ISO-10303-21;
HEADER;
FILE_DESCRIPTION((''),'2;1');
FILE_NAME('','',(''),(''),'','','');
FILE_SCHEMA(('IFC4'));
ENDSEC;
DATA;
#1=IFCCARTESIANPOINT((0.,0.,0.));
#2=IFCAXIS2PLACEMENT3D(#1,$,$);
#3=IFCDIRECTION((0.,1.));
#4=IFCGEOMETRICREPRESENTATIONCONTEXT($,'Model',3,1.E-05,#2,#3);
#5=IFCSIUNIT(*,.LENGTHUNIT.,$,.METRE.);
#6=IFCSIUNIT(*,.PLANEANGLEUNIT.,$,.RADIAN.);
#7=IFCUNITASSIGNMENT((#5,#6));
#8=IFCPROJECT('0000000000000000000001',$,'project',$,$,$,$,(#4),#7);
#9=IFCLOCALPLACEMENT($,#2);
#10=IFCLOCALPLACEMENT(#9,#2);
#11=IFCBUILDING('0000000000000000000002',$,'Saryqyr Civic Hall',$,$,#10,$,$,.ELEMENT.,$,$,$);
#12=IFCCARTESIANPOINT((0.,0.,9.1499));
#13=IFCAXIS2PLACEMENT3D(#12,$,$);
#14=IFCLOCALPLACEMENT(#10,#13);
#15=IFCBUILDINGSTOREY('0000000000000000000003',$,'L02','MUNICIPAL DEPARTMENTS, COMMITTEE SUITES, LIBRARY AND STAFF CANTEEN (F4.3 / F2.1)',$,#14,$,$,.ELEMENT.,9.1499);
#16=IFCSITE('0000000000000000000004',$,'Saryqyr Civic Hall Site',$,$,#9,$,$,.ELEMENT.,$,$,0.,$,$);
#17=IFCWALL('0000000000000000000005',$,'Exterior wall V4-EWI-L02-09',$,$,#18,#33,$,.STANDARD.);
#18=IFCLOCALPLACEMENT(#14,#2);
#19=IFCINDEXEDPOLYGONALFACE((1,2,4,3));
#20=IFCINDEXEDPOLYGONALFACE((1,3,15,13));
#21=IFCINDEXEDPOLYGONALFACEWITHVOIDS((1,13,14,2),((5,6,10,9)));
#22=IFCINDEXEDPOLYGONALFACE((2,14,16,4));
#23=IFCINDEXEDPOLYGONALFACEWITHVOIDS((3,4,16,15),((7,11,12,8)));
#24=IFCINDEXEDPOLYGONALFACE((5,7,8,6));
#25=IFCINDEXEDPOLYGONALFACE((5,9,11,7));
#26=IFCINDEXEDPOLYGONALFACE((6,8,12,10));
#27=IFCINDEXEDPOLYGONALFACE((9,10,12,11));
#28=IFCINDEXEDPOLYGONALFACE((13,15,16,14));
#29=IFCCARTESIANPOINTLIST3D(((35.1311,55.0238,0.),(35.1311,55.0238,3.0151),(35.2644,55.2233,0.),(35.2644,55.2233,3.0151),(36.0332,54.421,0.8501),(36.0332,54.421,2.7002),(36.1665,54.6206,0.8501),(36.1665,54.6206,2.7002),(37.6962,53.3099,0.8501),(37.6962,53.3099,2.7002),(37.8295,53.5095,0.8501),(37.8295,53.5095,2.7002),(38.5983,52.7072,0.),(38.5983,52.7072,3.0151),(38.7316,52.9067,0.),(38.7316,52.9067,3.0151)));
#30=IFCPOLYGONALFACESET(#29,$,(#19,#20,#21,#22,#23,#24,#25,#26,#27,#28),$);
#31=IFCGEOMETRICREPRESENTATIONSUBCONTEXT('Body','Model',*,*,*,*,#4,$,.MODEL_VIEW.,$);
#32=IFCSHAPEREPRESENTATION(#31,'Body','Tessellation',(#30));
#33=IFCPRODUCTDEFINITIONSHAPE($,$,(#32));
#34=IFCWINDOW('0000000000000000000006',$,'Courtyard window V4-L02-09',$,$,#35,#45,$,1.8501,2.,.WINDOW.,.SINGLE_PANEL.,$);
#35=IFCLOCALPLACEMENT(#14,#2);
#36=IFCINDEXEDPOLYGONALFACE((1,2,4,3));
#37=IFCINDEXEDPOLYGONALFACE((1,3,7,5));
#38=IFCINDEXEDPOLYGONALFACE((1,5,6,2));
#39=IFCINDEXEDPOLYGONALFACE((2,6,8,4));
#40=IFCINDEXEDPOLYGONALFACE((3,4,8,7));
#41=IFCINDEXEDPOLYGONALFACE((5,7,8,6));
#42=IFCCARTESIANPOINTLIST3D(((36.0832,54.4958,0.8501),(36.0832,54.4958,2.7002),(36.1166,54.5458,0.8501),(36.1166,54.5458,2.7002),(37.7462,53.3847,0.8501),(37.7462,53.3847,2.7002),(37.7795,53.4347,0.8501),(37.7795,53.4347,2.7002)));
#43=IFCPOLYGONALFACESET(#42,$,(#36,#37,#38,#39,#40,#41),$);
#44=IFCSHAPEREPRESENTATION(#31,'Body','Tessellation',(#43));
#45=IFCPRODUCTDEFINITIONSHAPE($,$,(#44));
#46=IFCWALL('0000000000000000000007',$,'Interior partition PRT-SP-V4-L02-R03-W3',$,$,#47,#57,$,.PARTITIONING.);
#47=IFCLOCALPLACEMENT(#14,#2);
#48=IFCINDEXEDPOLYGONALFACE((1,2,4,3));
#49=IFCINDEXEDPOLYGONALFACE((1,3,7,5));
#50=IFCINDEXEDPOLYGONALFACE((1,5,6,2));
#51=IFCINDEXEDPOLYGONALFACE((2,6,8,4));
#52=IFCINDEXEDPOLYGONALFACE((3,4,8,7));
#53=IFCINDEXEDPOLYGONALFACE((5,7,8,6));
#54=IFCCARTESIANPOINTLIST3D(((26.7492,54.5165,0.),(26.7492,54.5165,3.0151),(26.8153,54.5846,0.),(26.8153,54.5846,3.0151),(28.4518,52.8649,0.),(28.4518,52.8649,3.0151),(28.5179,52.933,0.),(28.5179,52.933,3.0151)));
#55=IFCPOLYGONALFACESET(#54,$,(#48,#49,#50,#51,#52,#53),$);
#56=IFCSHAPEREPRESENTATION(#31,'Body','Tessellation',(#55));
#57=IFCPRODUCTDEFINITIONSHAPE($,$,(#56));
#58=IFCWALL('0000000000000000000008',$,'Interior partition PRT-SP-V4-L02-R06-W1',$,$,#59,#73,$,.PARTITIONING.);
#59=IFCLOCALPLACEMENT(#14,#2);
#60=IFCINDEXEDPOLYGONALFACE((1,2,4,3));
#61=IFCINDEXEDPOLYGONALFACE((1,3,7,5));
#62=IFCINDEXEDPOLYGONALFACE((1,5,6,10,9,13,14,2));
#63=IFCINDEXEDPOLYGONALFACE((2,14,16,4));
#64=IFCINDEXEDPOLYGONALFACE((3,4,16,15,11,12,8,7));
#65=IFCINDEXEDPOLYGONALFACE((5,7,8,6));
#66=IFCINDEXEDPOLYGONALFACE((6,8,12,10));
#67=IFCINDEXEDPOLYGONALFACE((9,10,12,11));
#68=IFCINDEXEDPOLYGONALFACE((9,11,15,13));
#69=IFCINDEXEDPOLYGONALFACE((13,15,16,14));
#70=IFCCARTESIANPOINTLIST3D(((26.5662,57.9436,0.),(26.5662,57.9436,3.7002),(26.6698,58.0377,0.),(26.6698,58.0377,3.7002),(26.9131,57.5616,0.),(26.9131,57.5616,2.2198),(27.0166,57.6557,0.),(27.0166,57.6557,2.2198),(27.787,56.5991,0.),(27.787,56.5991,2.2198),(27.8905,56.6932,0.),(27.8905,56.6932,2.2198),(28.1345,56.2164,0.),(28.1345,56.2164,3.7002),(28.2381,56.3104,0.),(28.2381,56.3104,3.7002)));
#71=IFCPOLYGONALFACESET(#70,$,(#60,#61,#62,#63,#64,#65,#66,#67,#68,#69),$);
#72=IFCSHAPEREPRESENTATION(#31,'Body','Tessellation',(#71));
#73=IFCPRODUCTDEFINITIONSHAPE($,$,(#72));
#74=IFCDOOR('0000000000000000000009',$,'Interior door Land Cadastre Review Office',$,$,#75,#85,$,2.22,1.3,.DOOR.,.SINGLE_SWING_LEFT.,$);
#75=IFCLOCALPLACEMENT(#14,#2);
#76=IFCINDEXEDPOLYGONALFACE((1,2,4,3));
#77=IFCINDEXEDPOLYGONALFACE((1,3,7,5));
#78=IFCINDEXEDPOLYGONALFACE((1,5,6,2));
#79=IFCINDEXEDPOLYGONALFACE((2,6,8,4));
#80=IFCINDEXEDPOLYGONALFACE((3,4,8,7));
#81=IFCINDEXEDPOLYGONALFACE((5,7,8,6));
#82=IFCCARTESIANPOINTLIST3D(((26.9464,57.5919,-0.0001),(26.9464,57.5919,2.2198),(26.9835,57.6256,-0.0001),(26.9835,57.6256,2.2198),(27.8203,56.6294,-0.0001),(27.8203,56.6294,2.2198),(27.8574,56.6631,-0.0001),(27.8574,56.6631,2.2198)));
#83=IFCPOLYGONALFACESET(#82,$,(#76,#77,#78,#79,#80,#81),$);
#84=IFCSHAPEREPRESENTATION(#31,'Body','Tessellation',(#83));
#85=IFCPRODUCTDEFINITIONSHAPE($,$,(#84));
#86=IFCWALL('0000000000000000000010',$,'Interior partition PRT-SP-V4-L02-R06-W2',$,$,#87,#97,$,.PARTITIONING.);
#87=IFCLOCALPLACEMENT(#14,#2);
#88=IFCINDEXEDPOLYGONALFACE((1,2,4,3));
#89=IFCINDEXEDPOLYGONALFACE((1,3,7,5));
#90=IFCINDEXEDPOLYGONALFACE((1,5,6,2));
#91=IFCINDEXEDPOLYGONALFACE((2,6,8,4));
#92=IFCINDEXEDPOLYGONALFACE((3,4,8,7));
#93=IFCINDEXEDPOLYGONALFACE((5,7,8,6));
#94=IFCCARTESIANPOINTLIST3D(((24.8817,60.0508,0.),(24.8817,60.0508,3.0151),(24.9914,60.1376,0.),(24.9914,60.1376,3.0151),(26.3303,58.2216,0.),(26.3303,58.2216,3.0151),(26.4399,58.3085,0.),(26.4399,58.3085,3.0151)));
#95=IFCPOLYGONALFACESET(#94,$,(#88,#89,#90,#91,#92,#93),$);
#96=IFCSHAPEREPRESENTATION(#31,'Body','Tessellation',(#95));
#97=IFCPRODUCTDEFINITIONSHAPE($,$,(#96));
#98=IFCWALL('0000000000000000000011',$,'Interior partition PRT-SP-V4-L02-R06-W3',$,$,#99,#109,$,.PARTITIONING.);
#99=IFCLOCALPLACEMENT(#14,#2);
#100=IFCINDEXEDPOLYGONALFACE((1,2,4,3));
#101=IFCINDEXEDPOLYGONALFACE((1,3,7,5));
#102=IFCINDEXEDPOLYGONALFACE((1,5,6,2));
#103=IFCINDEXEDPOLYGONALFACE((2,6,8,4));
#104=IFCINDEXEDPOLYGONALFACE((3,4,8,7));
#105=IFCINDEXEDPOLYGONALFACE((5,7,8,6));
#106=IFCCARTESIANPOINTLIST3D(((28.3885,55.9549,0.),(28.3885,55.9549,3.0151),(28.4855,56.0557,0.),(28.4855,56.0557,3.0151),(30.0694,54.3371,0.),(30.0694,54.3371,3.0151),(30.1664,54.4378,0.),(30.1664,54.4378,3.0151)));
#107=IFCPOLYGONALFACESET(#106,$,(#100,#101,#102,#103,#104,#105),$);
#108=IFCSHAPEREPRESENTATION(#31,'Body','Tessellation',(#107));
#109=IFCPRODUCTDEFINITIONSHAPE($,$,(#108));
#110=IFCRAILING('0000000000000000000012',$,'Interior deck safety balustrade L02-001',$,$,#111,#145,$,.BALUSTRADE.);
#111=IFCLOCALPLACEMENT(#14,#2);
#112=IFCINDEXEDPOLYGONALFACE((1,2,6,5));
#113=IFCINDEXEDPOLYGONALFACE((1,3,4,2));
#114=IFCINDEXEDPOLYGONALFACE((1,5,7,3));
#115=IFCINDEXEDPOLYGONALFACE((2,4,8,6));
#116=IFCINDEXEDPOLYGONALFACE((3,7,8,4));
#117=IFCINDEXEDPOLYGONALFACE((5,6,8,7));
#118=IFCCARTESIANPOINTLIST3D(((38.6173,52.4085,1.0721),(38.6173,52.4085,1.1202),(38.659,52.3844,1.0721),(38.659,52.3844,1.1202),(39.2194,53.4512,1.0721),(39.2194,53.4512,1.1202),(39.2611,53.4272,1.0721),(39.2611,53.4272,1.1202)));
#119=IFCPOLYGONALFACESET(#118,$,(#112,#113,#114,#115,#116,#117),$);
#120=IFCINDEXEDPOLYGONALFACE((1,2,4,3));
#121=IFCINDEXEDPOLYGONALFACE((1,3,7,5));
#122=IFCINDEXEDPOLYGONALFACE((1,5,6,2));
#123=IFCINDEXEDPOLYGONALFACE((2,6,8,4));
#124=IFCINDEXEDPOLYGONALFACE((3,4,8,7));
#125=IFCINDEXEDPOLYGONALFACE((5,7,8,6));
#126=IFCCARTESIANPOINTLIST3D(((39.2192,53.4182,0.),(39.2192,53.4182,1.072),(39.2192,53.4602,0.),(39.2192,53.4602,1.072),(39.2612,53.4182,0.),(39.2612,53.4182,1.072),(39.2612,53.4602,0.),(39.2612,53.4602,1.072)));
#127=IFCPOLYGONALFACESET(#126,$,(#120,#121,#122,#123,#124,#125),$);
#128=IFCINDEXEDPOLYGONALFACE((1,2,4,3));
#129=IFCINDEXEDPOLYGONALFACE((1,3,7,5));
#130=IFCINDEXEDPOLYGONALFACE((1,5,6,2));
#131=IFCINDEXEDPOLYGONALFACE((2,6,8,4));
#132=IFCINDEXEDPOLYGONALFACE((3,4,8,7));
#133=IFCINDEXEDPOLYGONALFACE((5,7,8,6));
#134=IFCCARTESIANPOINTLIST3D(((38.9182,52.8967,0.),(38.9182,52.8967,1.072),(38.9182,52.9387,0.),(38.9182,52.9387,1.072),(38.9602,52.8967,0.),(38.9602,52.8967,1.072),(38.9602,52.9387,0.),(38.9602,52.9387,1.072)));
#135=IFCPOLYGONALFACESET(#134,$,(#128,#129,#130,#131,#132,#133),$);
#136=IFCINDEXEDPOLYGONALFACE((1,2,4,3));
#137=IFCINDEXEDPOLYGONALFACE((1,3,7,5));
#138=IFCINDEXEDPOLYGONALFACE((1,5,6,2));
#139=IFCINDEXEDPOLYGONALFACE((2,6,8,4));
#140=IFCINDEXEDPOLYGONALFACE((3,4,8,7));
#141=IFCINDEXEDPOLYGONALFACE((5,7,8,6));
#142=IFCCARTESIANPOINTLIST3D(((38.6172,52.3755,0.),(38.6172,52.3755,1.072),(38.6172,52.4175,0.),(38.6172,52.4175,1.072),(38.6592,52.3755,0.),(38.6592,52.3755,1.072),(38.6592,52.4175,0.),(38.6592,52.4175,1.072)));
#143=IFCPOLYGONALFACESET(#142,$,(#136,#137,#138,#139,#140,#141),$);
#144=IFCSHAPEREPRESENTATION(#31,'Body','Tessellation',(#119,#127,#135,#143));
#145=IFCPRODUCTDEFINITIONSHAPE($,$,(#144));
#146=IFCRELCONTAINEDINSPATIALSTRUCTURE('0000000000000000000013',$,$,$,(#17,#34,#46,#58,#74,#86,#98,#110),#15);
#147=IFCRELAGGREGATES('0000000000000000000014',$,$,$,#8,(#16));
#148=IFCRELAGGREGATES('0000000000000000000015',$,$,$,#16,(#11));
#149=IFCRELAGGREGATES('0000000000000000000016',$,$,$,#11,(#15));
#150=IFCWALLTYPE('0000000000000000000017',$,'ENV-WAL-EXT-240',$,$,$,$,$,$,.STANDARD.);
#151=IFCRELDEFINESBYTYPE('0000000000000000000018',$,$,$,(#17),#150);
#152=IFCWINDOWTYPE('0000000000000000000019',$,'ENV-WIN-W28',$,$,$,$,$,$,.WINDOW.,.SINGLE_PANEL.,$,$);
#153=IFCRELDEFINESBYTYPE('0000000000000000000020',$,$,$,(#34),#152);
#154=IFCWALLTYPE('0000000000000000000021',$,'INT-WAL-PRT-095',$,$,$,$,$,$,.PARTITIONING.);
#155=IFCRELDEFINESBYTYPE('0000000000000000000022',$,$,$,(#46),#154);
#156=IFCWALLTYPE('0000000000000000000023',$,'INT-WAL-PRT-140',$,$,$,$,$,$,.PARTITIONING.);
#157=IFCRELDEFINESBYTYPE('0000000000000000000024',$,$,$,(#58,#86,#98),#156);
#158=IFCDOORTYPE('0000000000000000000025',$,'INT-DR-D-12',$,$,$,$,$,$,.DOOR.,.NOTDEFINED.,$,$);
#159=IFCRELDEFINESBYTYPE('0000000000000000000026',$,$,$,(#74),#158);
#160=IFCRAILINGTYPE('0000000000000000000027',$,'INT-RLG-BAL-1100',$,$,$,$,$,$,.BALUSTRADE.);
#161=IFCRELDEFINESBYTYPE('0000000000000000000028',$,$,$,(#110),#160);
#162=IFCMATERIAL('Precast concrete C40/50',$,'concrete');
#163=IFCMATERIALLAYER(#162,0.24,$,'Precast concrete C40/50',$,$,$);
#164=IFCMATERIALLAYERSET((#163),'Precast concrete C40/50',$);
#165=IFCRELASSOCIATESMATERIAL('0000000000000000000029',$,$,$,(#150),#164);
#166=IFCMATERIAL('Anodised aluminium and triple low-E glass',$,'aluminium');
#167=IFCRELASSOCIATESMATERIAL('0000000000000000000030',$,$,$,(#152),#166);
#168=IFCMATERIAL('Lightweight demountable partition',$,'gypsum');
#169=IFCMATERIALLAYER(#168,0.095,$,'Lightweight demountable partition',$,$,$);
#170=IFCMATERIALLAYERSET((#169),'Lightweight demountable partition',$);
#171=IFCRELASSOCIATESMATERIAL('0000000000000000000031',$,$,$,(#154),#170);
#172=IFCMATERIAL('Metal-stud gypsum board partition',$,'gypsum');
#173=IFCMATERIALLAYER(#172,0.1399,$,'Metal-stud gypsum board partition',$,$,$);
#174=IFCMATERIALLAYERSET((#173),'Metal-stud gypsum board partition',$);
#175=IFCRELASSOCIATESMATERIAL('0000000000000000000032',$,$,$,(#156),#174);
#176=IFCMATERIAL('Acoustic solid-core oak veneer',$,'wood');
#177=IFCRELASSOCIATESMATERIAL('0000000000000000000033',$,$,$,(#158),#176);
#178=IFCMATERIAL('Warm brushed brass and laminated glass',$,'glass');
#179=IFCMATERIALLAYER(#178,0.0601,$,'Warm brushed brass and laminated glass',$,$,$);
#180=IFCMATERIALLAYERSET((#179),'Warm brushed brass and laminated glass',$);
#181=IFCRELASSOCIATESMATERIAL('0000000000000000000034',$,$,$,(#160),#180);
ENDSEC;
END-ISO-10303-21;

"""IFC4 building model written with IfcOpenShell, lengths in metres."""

from ifc_helpers import new_model, si_unit, direction, frame, frame_2d, origin, origin_2d, place, context, subcontext, project, spatial, rectangle, extrude, material, layer, layer_set, type_object, element, fill, save


model = new_model("IFC4")

# Units and contexts
model_context = context("Model", 3, precision=1e-05, world=origin(), true_north=direction((0.0, 1.0)))
body_context = subcontext(model_context, "Body", "Model", "MODEL_VIEW")
ifc_project = project(units=[si_unit("LENGTHUNIT", "METRE"), si_unit("PLANEANGLEUNIT", "RADIAN")], contexts=[model_context])

# Site, building, storey
site_placement = place(None, origin())
site = spatial("IfcSite", under=ifc_project, at=site_placement, Name="Saryqyr Civic Hall Site", CompositionType="ELEMENT", RefElevation=0.0)
building_placement = place(site_placement, origin())
building = spatial("IfcBuilding", under=site, at=building_placement, Name="Saryqyr Civic Hall", CompositionType="ELEMENT")
storey_placement = place(building_placement, frame((0.0, 0.0, 9.1499)))
storey = spatial("IfcBuildingStorey", under=building, at=storey_placement, Name="L02", Description="MUNICIPAL DEPARTMENTS, COMMITTEE SUITES, LIBRARY AND STAFF CANTEEN (F4.3 / F2.1)", CompositionType="ELEMENT", Elevation=9.1499)

# Shared definitions
ifc_material_1 = material(Name="Anodised aluminium and triple low-E glass", Category="aluminium")

# Wall, opening, window
ifc_material_2 = material(Name="Precast concrete C40/50", Category="concrete")
ifc_layer_1 = layer(ifc_material_2, 0.24, Name="Precast concrete C40/50")
ifc_layer_set_1 = layer_set([ifc_layer_1], Name="Precast concrete C40/50")
wall_type_1 = type_object("IfcWallType", Name="ENV-WAL-EXT-240", PredefinedType="STANDARD", material=ifc_layer_set_1)
wall_1_placement = place(storey_placement, frame((35.1978, 55.1235, 0.0), z_axis=(0.0, 0.0, 1.0), x_axis=(0.831482, -0.555551, 0.0)))
wall_1 = element("IfcWall", 1, at=wall_1_placement, inside=storey, type_object=wall_type_1, Name="Exterior wall V4-EWI-L02-09", PredefinedType="STANDARD", context=body_context, shape_type="SweptSolid", body=[
    extrude(rectangle(XDim=4.1699, YDim=0.24, at=frame_2d((2.085, 0.0))), origin(), (0.0, 0.0, 1.0), 3.0151),
])
opening_1_placement = place(wall_1_placement, frame((1.085, 0.0, 0.8501)))
opening_1 = element("IfcOpeningElement", 2, at=opening_1_placement, cuts=wall_1, PredefinedType="OPENING", context=body_context, shape_type="SweptSolid", body=[
    extrude(rectangle(XDim=2.0, YDim=1.8501, at=frame_2d((1.0, 0.925))), frame((0.0, 0.1299, 0.0), z_axis=(0.0, -1.0, 0.0), x_axis=(1.0, 0.0, 0.0)), (0.0, 0.0, 1.0), 0.26),
])
window_type_1 = type_object("IfcWindowType", Name="ENV-WIN-W28", PartitioningType="SINGLE_PANEL", PredefinedType="WINDOW", material=ifc_material_1)
window_1_placement = place(opening_1_placement, origin())
window_1 = element("IfcWindow", 3, at=window_1_placement, inside=storey, type_object=window_type_1, Name="Courtyard window V4-L02-09", OverallHeight=1.8501, OverallWidth=2.0, PartitioningType="SINGLE_PANEL", PredefinedType="WINDOW", context=body_context, shape_type="SweptSolid", body=[
    extrude(rectangle(XDim=2.0, YDim=1.8501, at=frame_2d((1.0, 0.925))), frame((0.0, 0.03, 0.0), z_axis=(0.0, -1.0, 0.0), x_axis=(1.0, 0.0, 0.0)), (0.0, 0.0, 1.0), 0.0601),
])
fill(opening_1, window_1)

# Wall
ifc_material_3 = material(Name="Lightweight demountable partition", Category="gypsum")
ifc_layer_2 = layer(ifc_material_3, 0.095, Name="Lightweight demountable partition")
ifc_layer_set_2 = layer_set([ifc_layer_2], Name="Lightweight demountable partition")
wall_type_2 = type_object("IfcWallType", Name="INT-WAL-PRT-095", PredefinedType="PARTITIONING", material=ifc_layer_set_2)
wall_2_placement = place(storey_placement, frame((26.7822, 54.5505, 0.0), z_axis=(0.0, 0.0, 1.0), x_axis=(0.71778, -0.69627, 0.0)))
element("IfcWall", 4, at=wall_2_placement, inside=storey, type_object=wall_type_2, Name="Interior partition PRT-SP-V4-L02-R03-W3", PredefinedType="PARTITIONING", context=body_context, shape_type="SweptSolid", body=[
    extrude(rectangle(XDim=2.3721, YDim=0.095, at=frame_2d((1.186, 0.0))), origin(), (0.0, 0.0, 1.0), 3.0151),
])

# Wall, opening, door
ifc_material_4 = material(Name="Metal-stud gypsum board partition", Category="gypsum")
ifc_layer_3 = layer(ifc_material_4, 0.1399, Name="Metal-stud gypsum board partition")
ifc_layer_set_3 = layer_set([ifc_layer_3], Name="Metal-stud gypsum board partition")
wall_type_3 = type_object("IfcWallType", Name="INT-WAL-PRT-140", PredefinedType="PARTITIONING", material=ifc_layer_set_3)
wall_3_placement = place(storey_placement, frame((28.1863, 56.2634, 0.0), z_axis=(0.0, 0.0, 1.0), x_axis=(-0.672225, 0.740347, 0.0)))
wall_3 = element("IfcWall", 5, at=wall_3_placement, inside=storey, type_object=wall_type_3, Name="Interior partition PRT-SP-V4-L02-R06-W1", PredefinedType="PARTITIONING", context=body_context, shape_type="SweptSolid", body=[
    extrude(rectangle(XDim=2.333, YDim=0.1399, at=frame_2d((1.1665, 0.0))), origin(), (0.0, 0.0, 1.0), 3.7002),
])
opening_2_placement = place(wall_3_placement, frame((0.5171, 0.0, 0.0)))
opening_2 = element("IfcOpeningElement", 6, at=opening_2_placement, cuts=wall_3, PredefinedType="OPENING", context=body_context, shape_type="SweptSolid", body=[
    extrude(rectangle(XDim=1.3, YDim=2.22, at=frame_2d((0.6499, 1.1099))), frame((0.0, 0.0798, 0.0), z_axis=(0.0, -1.0, 0.0), x_axis=(1.0, 0.0, 0.0)), (0.0, 0.0, 1.0), 0.1599),
])
ifc_material_5 = material(Name="Acoustic solid-core oak veneer", Category="wood")
door_type = type_object("IfcDoorType", Name="INT-DR-D-12", OperationType="NOTDEFINED", PredefinedType="DOOR", material=ifc_material_5)
door_placement = place(opening_2_placement, origin())
door = element("IfcDoor", 7, at=door_placement, inside=storey, type_object=door_type, Name="Interior door Land Cadastre Review Office", OperationType="SINGLE_SWING_LEFT", OverallHeight=2.22, OverallWidth=1.3, PredefinedType="DOOR", context=body_context, shape_type="SweptSolid", body=[
    extrude(rectangle(XDim=1.3, YDim=2.22, at=frame_2d((0.6499, 1.1099))), frame((0.0, 0.0249, 0.0), z_axis=(0.0, -1.0, 0.0), x_axis=(1.0, 0.0, 0.0)), (0.0, 0.0, 1.0), 0.05),
])
fill(opening_2, door)

# Walls
wall_4_placement = place(storey_placement, frame((26.385, 58.2651, 0.0), z_axis=(0.0, 0.0, 1.0), x_axis=(-0.620821, 0.783952, 0.0)))
element("IfcWall", 8, at=wall_4_placement, inside=storey, type_object=wall_type_3, Name="Interior partition PRT-SP-V4-L02-R06-W2", PredefinedType="PARTITIONING", context=body_context, shape_type="SweptSolid", body=[
    extrude(rectangle(XDim=2.3333, YDim=0.1399, at=frame_2d((1.1665, 0.0))), origin(), (0.0, 0.0, 1.0), 3.0151),
])
wall_5_placement = place(storey_placement, frame((30.1179, 54.3875, 0.0), z_axis=(0.0, 0.0, 1.0), x_axis=(-0.720477, 0.693479, 0.0)))
element("IfcWall", 9, at=wall_5_placement, inside=storey, type_object=wall_type_3, Name="Interior partition PRT-SP-V4-L02-R06-W3", PredefinedType="PARTITIONING", context=body_context, shape_type="SweptSolid", body=[
    extrude(rectangle(XDim=2.333, YDim=0.1399, at=frame_2d((1.1665, 0.0))), origin(), (0.0, 0.0, 1.0), 3.0151),
])

# Railing
ifc_material_6 = material(Name="Warm brushed brass and laminated glass", Category="glass")
ifc_layer_4 = layer(ifc_material_6, 0.0601, Name="Warm brushed brass and laminated glass")
ifc_layer_set_4 = layer_set([ifc_layer_4], Name="Warm brushed brass and laminated glass")
railing_type = type_object("IfcRailingType", Name="INT-RLG-BAL-1100", PredefinedType="BALUSTRADE", material=ifc_layer_set_4)
railing_placement = place(storey_placement, frame((39.2402, 53.4392, 0.0)))
element("IfcRailing", 10, at=railing_placement, inside=storey, type_object=railing_type, Name="Interior deck safety balustrade L02-001", PredefinedType="BALUSTRADE", context=body_context, shape_type="SweptSolid", body=[
    extrude(rectangle(XDim=0.0481, YDim=0.0481, at=origin_2d()), frame((0.0, 0.0, 1.0962), z_axis=(-0.500021, -0.866013, 0.0), x_axis=(0.866013, -0.500021, 0.0)), (0.0, 0.0, 1.0), 1.2041),
    extrude(rectangle(XDim=0.042, YDim=0.042, at=origin_2d()), origin(), (0.0, 0.0, 1.0), 1.072),
    extrude(rectangle(XDim=0.042, YDim=0.042, at=origin_2d()), frame((-0.301, -0.5215, 0.0)), (0.0, 0.0, 1.0), 1.072),
    extrude(rectangle(XDim=0.042, YDim=0.042, at=origin_2d()), frame((-0.6021, -1.0427, 0.0)), (0.0, 0.0, 1.0), 1.072),
])

save(model, "model.ifc")
